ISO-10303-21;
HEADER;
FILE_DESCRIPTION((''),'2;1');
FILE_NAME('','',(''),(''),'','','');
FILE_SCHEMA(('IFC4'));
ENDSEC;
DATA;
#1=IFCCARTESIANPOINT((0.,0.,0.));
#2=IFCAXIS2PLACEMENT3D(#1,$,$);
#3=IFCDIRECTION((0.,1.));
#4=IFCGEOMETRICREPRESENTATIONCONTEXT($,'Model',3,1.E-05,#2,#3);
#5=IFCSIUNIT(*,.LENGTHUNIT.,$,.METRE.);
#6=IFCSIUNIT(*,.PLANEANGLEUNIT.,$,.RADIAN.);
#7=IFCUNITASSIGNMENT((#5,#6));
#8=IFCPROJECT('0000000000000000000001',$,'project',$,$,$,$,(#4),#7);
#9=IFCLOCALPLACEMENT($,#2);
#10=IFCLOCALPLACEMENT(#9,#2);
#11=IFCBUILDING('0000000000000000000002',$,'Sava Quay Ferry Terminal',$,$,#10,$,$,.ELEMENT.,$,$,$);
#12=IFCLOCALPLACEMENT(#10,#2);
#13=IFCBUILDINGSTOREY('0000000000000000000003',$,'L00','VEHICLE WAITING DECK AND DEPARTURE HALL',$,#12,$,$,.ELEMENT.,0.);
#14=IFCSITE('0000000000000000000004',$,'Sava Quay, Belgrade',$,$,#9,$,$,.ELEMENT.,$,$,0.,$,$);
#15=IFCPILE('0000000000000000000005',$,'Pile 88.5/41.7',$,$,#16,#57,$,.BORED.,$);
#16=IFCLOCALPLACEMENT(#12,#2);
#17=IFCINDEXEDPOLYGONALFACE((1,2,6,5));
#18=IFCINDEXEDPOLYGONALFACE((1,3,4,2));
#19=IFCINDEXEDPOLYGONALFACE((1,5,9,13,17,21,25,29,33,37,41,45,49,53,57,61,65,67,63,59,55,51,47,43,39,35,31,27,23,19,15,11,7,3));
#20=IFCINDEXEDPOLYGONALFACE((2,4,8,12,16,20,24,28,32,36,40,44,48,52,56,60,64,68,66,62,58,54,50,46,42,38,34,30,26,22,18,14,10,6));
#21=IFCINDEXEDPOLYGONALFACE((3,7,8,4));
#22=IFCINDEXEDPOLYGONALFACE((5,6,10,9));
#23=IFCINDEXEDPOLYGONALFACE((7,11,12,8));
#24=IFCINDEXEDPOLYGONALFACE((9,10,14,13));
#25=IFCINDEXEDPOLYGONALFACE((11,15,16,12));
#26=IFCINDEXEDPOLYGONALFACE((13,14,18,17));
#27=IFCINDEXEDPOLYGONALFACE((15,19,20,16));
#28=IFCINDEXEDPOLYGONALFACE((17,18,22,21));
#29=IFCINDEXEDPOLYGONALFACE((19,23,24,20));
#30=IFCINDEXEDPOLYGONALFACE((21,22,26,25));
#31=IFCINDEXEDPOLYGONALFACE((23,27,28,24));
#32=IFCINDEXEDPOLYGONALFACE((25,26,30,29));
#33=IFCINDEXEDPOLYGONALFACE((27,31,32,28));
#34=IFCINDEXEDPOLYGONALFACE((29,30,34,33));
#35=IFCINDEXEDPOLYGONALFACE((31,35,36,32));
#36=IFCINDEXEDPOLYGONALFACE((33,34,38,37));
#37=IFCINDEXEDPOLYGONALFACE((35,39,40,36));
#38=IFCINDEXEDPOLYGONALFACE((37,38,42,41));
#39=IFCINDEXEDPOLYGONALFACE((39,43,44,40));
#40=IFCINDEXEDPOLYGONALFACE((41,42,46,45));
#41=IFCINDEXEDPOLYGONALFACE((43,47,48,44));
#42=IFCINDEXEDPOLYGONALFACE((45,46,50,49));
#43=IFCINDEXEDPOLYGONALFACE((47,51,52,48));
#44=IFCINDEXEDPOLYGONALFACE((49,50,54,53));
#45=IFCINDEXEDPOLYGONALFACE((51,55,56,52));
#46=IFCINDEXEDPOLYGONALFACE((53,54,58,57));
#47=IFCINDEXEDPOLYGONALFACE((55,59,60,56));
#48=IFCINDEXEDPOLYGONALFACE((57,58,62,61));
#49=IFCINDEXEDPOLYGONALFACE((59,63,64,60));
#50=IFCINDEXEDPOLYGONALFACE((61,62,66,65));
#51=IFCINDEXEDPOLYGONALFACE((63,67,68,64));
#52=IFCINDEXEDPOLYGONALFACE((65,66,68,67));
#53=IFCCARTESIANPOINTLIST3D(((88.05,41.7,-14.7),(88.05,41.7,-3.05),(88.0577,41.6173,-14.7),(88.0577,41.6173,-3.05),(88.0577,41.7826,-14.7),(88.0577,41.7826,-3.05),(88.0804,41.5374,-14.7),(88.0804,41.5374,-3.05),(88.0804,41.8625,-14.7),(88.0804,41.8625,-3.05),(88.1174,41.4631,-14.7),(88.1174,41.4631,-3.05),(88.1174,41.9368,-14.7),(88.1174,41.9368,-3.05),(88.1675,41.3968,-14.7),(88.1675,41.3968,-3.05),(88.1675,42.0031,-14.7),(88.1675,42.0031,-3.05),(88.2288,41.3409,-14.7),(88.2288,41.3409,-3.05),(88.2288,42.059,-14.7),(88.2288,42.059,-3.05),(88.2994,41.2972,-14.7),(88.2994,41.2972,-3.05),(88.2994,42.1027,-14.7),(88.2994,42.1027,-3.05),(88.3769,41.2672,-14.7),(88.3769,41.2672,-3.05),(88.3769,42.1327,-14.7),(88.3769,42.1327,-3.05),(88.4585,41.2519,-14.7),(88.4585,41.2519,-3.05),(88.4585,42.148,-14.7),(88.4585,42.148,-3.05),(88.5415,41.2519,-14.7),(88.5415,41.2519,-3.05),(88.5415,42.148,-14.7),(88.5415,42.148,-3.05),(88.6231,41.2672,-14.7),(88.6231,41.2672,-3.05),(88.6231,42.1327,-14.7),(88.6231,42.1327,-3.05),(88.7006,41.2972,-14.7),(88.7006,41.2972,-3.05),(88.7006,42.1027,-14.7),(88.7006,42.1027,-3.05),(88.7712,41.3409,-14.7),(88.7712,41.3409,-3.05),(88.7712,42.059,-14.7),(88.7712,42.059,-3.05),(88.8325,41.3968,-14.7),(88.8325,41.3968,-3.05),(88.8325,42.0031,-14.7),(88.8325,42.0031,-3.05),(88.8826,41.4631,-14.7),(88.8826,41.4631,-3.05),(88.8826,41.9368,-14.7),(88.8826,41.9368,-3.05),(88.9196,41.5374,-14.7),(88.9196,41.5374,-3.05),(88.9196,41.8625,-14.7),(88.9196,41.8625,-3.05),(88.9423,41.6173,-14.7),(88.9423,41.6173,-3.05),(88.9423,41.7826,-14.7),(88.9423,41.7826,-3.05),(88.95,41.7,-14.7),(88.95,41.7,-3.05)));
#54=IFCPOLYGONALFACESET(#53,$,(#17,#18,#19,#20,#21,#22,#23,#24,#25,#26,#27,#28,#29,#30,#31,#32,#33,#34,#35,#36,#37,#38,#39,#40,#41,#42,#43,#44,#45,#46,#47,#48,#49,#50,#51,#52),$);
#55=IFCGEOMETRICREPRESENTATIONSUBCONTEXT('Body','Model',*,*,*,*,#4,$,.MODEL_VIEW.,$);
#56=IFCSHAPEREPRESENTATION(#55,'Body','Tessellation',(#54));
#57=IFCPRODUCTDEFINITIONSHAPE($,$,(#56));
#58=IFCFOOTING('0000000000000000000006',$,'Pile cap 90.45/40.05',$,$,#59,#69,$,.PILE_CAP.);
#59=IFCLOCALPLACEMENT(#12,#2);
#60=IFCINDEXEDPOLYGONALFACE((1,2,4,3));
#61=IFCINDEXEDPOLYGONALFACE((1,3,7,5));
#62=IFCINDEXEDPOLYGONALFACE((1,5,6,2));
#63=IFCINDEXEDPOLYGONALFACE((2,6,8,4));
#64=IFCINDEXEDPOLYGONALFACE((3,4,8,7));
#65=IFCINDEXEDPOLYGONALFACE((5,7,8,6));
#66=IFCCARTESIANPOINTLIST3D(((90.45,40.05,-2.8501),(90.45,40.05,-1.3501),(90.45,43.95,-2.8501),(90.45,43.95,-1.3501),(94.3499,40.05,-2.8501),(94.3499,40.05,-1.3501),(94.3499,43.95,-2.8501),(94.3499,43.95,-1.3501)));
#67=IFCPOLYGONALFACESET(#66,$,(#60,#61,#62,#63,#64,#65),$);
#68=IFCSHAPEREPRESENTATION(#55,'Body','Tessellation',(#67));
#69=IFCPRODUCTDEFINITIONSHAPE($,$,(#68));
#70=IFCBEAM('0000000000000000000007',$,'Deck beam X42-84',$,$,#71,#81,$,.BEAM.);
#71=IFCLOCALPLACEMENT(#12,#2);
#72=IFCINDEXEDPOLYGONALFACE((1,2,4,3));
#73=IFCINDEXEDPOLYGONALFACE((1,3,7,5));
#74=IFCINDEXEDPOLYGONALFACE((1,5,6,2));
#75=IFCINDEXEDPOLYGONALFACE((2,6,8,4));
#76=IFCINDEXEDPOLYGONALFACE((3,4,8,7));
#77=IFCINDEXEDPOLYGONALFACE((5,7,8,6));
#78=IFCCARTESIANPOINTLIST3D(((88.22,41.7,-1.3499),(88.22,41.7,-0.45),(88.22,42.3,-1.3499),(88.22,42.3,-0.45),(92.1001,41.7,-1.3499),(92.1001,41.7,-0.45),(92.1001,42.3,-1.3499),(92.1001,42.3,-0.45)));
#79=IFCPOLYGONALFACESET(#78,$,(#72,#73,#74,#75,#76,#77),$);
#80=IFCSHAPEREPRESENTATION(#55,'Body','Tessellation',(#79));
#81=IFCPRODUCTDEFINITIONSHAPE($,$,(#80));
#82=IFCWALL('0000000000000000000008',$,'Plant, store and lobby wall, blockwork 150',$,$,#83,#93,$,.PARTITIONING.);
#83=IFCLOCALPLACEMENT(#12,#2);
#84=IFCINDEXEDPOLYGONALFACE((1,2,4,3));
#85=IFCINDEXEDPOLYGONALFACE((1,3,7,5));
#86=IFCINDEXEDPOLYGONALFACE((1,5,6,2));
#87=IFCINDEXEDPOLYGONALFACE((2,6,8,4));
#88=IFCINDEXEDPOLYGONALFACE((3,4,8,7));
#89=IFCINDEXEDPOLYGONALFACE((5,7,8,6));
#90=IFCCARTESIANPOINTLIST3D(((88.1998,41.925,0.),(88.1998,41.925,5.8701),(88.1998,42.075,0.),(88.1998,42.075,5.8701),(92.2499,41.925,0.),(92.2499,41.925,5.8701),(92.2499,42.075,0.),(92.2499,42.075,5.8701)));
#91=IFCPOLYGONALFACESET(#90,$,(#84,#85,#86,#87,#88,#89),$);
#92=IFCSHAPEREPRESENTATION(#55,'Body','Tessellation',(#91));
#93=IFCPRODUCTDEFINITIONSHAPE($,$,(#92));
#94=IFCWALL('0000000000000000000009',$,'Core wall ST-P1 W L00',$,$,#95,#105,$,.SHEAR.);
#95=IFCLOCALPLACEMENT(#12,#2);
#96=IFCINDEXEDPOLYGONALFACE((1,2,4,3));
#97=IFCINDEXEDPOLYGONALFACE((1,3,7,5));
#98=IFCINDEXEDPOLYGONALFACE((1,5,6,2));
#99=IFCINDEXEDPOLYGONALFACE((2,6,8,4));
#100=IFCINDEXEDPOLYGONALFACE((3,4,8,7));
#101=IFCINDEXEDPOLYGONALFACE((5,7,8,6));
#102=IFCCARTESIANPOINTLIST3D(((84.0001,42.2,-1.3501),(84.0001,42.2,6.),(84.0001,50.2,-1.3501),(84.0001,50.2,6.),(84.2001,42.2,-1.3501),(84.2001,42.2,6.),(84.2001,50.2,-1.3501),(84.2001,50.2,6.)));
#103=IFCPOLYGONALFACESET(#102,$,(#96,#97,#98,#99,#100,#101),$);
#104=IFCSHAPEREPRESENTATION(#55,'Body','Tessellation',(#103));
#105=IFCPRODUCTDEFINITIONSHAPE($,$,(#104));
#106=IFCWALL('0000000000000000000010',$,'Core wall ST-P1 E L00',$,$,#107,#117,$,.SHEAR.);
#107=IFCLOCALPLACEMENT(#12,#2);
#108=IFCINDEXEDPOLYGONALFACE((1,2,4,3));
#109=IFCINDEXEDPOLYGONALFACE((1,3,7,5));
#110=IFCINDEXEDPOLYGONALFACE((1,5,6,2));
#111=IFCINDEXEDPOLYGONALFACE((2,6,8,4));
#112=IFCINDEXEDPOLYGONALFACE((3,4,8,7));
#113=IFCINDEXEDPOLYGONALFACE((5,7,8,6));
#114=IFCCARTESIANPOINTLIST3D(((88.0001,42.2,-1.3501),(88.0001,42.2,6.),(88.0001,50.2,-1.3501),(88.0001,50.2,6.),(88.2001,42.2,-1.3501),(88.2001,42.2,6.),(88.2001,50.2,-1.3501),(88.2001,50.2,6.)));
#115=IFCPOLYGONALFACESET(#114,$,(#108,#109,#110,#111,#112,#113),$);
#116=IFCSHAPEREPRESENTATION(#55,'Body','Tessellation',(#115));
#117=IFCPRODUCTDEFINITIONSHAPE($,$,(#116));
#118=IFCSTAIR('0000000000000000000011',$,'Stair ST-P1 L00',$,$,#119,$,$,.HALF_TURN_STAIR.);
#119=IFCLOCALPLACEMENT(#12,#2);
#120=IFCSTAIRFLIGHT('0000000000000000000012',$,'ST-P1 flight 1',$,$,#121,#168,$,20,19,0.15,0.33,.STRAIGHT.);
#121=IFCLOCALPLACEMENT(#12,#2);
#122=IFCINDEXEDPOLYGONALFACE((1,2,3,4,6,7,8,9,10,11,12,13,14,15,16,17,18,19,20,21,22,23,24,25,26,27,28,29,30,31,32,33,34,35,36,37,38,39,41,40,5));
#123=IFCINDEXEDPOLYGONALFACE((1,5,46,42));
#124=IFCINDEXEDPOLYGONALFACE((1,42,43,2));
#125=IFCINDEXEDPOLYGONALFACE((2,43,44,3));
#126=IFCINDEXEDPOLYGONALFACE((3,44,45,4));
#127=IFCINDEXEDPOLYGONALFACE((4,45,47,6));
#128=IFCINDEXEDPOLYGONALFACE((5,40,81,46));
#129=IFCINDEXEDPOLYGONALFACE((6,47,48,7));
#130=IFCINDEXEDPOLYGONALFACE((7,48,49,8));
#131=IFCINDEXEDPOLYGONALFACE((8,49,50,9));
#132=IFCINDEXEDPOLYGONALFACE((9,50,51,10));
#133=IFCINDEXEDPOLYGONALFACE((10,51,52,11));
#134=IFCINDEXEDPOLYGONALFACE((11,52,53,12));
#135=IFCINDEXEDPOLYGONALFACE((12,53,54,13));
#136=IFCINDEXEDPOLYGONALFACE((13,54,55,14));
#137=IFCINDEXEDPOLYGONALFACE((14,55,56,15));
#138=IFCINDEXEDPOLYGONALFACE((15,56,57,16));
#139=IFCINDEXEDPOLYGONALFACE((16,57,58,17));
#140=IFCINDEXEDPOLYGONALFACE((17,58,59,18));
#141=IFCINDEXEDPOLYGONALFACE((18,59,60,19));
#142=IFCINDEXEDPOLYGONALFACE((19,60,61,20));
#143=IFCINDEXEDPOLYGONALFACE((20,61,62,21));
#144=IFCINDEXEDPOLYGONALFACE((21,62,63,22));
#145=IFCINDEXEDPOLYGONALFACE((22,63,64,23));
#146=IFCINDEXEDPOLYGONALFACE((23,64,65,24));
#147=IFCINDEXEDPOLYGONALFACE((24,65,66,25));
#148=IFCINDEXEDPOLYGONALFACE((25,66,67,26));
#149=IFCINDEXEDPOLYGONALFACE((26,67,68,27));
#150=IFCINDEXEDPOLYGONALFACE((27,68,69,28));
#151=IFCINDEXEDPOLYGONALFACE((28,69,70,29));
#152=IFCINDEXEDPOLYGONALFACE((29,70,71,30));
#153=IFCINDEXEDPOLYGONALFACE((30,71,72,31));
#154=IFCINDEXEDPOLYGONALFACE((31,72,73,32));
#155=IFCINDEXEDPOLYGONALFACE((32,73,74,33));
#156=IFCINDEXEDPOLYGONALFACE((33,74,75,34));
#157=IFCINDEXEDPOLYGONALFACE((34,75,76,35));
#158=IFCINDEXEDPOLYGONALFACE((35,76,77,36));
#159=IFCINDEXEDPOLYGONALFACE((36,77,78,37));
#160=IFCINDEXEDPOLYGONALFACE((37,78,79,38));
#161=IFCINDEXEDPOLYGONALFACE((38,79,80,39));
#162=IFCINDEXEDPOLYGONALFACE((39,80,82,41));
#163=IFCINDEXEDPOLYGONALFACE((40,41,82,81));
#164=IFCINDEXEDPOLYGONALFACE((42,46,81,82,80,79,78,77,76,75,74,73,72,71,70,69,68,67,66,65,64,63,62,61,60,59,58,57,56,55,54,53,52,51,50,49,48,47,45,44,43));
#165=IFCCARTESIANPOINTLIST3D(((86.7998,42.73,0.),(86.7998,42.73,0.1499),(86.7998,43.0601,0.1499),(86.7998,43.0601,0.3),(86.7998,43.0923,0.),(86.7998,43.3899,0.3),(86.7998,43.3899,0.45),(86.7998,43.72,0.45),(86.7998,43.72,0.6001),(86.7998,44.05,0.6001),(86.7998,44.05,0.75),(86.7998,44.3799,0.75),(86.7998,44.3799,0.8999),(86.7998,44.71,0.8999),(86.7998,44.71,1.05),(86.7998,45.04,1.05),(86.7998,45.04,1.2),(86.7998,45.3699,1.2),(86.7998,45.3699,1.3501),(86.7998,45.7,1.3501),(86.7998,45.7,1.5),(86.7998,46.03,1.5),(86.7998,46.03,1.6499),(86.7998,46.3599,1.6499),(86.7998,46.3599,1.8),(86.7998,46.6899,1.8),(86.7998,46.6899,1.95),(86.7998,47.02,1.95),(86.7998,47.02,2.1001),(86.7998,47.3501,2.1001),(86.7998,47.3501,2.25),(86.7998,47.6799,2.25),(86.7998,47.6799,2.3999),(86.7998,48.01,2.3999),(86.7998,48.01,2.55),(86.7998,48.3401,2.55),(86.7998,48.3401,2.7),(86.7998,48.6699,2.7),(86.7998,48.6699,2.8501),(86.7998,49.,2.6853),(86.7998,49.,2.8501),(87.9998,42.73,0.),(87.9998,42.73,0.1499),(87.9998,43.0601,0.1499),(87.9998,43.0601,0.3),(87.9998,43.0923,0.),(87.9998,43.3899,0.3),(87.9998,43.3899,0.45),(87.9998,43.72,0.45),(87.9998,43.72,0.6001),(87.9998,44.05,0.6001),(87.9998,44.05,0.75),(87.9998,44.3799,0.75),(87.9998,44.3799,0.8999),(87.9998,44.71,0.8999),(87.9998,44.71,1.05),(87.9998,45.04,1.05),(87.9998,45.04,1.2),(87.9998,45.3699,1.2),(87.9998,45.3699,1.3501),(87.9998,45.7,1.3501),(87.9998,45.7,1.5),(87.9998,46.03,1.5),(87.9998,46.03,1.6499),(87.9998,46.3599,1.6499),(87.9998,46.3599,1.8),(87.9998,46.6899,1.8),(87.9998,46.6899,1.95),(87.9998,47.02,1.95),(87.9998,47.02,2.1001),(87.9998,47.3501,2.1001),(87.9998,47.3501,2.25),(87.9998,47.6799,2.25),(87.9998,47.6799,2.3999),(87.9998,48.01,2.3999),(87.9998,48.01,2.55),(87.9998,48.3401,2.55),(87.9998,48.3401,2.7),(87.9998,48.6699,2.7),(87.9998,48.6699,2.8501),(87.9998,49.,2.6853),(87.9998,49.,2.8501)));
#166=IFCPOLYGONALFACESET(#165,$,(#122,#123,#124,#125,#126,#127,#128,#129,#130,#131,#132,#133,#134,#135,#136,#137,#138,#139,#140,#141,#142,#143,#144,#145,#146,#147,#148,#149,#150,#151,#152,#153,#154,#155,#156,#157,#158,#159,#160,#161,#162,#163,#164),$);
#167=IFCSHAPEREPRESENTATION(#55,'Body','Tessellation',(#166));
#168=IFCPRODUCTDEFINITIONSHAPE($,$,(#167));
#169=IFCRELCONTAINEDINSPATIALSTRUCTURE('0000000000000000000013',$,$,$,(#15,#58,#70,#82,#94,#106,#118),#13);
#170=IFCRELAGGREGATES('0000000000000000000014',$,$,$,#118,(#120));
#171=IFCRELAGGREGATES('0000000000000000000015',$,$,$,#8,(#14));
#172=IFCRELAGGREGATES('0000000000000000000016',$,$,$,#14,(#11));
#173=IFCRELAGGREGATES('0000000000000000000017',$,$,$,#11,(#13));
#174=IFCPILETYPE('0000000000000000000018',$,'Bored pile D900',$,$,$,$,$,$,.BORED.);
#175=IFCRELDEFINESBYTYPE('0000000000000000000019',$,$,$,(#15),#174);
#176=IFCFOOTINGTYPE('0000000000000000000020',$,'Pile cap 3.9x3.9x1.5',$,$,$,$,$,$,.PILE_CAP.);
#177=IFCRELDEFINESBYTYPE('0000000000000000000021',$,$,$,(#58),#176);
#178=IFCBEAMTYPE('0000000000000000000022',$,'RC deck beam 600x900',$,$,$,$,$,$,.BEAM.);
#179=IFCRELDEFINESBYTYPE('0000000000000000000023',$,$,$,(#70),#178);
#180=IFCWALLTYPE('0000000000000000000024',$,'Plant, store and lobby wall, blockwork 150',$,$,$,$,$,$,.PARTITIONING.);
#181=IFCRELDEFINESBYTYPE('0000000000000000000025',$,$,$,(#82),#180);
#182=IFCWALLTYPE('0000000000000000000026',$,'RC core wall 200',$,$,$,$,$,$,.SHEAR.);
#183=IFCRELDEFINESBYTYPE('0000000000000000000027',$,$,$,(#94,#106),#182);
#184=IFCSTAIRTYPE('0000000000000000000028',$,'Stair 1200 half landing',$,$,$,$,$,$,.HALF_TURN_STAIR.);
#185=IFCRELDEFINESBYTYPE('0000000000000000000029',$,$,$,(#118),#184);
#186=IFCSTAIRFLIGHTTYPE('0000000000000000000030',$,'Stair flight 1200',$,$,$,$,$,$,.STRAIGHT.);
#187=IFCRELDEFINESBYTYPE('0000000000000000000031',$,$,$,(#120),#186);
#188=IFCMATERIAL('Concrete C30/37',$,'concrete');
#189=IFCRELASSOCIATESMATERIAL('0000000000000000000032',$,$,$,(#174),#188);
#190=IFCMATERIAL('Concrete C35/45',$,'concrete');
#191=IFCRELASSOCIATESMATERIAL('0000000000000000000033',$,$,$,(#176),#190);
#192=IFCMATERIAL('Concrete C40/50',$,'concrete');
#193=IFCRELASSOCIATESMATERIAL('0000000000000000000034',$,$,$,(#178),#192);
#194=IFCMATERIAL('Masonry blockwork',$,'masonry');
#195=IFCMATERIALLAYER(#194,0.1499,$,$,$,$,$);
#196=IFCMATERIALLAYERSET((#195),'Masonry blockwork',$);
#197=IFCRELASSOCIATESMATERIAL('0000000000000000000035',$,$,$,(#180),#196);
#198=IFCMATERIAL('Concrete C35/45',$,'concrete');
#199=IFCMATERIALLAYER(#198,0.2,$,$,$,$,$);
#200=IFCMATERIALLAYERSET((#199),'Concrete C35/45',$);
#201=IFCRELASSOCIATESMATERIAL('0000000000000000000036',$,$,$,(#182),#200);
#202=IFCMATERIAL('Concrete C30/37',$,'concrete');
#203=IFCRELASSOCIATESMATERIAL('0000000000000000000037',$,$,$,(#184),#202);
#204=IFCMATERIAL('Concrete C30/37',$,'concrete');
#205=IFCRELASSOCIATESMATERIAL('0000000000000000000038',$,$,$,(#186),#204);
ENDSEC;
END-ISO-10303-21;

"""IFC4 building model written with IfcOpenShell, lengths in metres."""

from ifc_helpers import new_model, si_unit, direction, frame, frame_2d, origin, origin_2d, place, context, subcontext, project, spatial, polyline, rectangle, circle, outline, extrude, material, layer, layer_set, material_profile, profile_set, type_object, element, aggregate, save


model = new_model("IFC4")

# Units and contexts
model_context = context("Model", 3, precision=1e-05, world=origin(), true_north=direction((0.0, 1.0)))
body_context = subcontext(model_context, "Body", "Model", "MODEL_VIEW")
ifc_project = project(units=[si_unit("LENGTHUNIT", "METRE"), si_unit("PLANEANGLEUNIT", "RADIAN")], contexts=[model_context])

# Site, building, storey
site_placement = place(None, origin())
site = spatial("IfcSite", under=ifc_project, at=site_placement, Name="Sava Quay, Belgrade", CompositionType="ELEMENT", RefElevation=0.0)
building_placement = place(site_placement, origin())
building = spatial("IfcBuilding", under=site, at=building_placement, Name="Sava Quay Ferry Terminal", CompositionType="ELEMENT")
storey_placement = place(building_placement, origin())
storey = spatial("IfcBuildingStorey", under=building, at=storey_placement, Name="L00", Description="VEHICLE WAITING DECK AND DEPARTURE HALL", CompositionType="ELEMENT", Elevation=0.0)

# Pile
ifc_material_1 = material(Name="Concrete C30/37", Category="concrete")
ifc_material_profile_1 = material_profile(ifc_material_1, circle(Radius=0.45, at=origin_2d()), Name="Bored pile D900")
ifc_profile_set_1 = profile_set([ifc_material_profile_1], Name="Concrete C30/37")
pile_type = type_object("IfcPileType", Name="Bored pile D900", PredefinedType="BORED", material=ifc_profile_set_1)
for number, where, z_axis, x_axis, name in (
    (1, (88.5, 41.7, -3.05), (0.0, 0.0, -1.0), (1.0, 0.0, 0.0), "Pile 88.5/41.7"),
):
    element("IfcPile", number, at=place(storey_placement, frame(where, z_axis=z_axis, x_axis=x_axis)), inside=storey, type_object=pile_type, Name=name, PredefinedType="BORED", context=body_context, shape_type="SweptSolid", body=[
        extrude(circle(Radius=0.45, at=origin_2d()), origin(), (0.0, 0.0, 1.0), 11.6499),
    ])

# Footing
ifc_material_2 = material(Name="Concrete C35/45", Category="concrete")
footing_type = type_object("IfcFootingType", Name="Pile cap 3.9x3.9x1.5", PredefinedType="PILE_CAP", material=ifc_material_2)
footing_placement = place(storey_placement, frame((92.3999, 42.0, -2.8501), z_axis=(0.0, 0.0, 1.0), x_axis=(1.0, 0.0, 0.0)))
element("IfcFooting", 2, at=footing_placement, inside=storey, type_object=footing_type, Name="Pile cap 90.45/40.05", PredefinedType="PILE_CAP", context=body_context, shape_type="SweptSolid", body=[
    extrude(rectangle(XDim=3.8999, YDim=3.8999, at=origin_2d()), origin(), (0.0, 0.0, 1.0), 1.5),
])

# Beam
ifc_material_3 = material(Name="Concrete C40/50", Category="concrete")
ifc_material_profile_2 = material_profile(ifc_material_3, rectangle(XDim=0.6001, YDim=0.8999, at=origin_2d()), Name="RC 600x900")
ifc_profile_set_2 = profile_set([ifc_material_profile_2], Name="Concrete C40/50")
beam_type = type_object("IfcBeamType", Name="RC deck beam 600x900", PredefinedType="BEAM", material=ifc_profile_set_2)
beam_placement = place(storey_placement, frame((88.22, 42.0, -0.8999), z_axis=(1.0, 0.0, 0.0), x_axis=(0.0, 1.0, 0.0)))
element("IfcBeam", 3, at=beam_placement, inside=storey, type_object=beam_type, Name="Deck beam X42-84", PredefinedType="BEAM", context=body_context, shape_type="SweptSolid", body=[
    extrude(rectangle(XDim=0.6001, YDim=0.8999, at=origin_2d()), origin(), (0.0, 0.0, 1.0), 3.8801),
])

# Wall
ifc_material_4 = material(Name="Masonry blockwork", Category="masonry")
ifc_layer_1 = layer(ifc_material_4, 0.1499)
ifc_layer_set_1 = layer_set([ifc_layer_1], Name="Masonry blockwork")
wall_type_1 = type_object("IfcWallType", Name="Plant, store and lobby wall, blockwork 150", PredefinedType="PARTITIONING", material=ifc_layer_set_1)
wall_1_placement = place(storey_placement, frame((88.2, 42.0, 0.0), z_axis=(0.0, 0.0, 1.0), x_axis=(1.0, 0.0, 0.0)))
element("IfcWall", 4, at=wall_1_placement, inside=storey, type_object=wall_type_1, Name="Plant, store and lobby wall, blockwork 150", PredefinedType="PARTITIONING", context=body_context, shape_type="SweptSolid", body=[
    extrude(rectangle(XDim=4.05, YDim=0.1499, at=frame_2d((2.0249, 0.0))), origin(), (0.0, 0.0, 1.0), 5.8701),
])

# Shared definitions
ifc_material_5 = material(Name="Concrete C35/45", Category="concrete")
ifc_layer_2 = layer(ifc_material_5, 0.2)
ifc_layer_set_2 = layer_set([ifc_layer_2], Name="Concrete C35/45")
wall_type_2 = type_object("IfcWallType", Name="RC core wall 200", PredefinedType="SHEAR", material=ifc_layer_set_2)

# Walls
for number, where, z_axis, x_axis, name in (
    (5, (84.1001, 42.2, -1.3501), (0.0, 0.0, 1.0), (0.0, 1.0, 0.0), "Core wall ST-P1 W L00"),
    (6, (88.1001, 42.2, -1.3501), (0.0, 0.0, 1.0), (0.0, 1.0, 0.0), "Core wall ST-P1 E L00"),
):
    element("IfcWall", number, at=place(storey_placement, frame(where, z_axis=z_axis, x_axis=x_axis)), inside=storey, type_object=wall_type_2, Name=name, PredefinedType="SHEAR", context=body_context, shape_type="SweptSolid", body=[
        extrude(rectangle(XDim=8.0, YDim=0.2, at=frame_2d((4.0, 0.0))), origin(), (0.0, 0.0, 1.0), 7.3501),
    ])

# Stair, stair flight
ifc_material_6 = material(Name="Concrete C30/37", Category="concrete")
stair_type = type_object("IfcStairType", Name="Stair 1200 half landing", PredefinedType="HALF_TURN_STAIR", material=ifc_material_6)
stair_placement = place(storey_placement, origin())
stair = element("IfcStair", 7, at=stair_placement, inside=storey, type_object=stair_type, Name="Stair ST-P1 L00", PredefinedType="HALF_TURN_STAIR")
ifc_material_7 = material(Name="Concrete C30/37", Category="concrete")
stair_flight_type = type_object("IfcStairFlightType", Name="Stair flight 1200", PredefinedType="STRAIGHT", material=ifc_material_7)
stair_flight_placement = place(storey_placement, frame((87.3999, 42.73, 0.0), z_axis=(0.0, 0.0, 1.0), x_axis=(0.0, 1.0, 0.0)))
stair_flight = element("IfcStairFlight", 8, at=stair_flight_placement, type_object=stair_flight_type, Name="ST-P1 flight 1", NumberOfRisers=20, NumberOfTreads=19, PredefinedType="STRAIGHT", RiserHeight=0.15, TreadLength=0.33, context=body_context, shape_type="SweptSolid", body=[
    extrude(outline(polyline([(0.0, 0.0), (0.0, 0.1499), (0.3301, 0.1499), (0.3301, 0.3), (0.6599, 0.3), (0.6599, 0.45), (0.99, 0.45), (0.99, 0.6001), (1.3201, 0.6001), (1.3201, 0.75), (1.6499, 0.75), (1.6499, 0.8999), (1.98, 0.8999), (1.98, 1.05), (2.3101, 1.05), (2.3101, 1.2), (2.6399, 1.2), (2.6399, 1.3501), (2.97, 1.3501), (2.97, 1.5), (3.3, 1.5), (3.3, 1.6499), (3.6299, 1.6499), (3.6299, 1.8), (3.96, 1.8), (3.96, 1.95), (4.29, 1.95), (4.29, 2.1001), (4.6201, 2.1001), (4.6201, 2.25), (4.95, 2.25), (4.95, 2.3999), (5.28, 2.3999), (5.28, 2.55), (5.6101, 2.55), (5.6101, 2.7), (5.9399, 2.7), (5.9399, 2.8501), (6.27, 2.8501), (6.27, 3.0), (6.27, 2.6853), (0.3623, 0.0), (0.0, 0.0)])), frame((0.0, 0.6001, 0.0), z_axis=(0.0, -1.0, 0.0), x_axis=(1.0, 0.0, 0.0)), (0.0, 0.0, 1.0), 1.2),
])
aggregate(stair, [stair_flight])

save(model, "model.ifc")
